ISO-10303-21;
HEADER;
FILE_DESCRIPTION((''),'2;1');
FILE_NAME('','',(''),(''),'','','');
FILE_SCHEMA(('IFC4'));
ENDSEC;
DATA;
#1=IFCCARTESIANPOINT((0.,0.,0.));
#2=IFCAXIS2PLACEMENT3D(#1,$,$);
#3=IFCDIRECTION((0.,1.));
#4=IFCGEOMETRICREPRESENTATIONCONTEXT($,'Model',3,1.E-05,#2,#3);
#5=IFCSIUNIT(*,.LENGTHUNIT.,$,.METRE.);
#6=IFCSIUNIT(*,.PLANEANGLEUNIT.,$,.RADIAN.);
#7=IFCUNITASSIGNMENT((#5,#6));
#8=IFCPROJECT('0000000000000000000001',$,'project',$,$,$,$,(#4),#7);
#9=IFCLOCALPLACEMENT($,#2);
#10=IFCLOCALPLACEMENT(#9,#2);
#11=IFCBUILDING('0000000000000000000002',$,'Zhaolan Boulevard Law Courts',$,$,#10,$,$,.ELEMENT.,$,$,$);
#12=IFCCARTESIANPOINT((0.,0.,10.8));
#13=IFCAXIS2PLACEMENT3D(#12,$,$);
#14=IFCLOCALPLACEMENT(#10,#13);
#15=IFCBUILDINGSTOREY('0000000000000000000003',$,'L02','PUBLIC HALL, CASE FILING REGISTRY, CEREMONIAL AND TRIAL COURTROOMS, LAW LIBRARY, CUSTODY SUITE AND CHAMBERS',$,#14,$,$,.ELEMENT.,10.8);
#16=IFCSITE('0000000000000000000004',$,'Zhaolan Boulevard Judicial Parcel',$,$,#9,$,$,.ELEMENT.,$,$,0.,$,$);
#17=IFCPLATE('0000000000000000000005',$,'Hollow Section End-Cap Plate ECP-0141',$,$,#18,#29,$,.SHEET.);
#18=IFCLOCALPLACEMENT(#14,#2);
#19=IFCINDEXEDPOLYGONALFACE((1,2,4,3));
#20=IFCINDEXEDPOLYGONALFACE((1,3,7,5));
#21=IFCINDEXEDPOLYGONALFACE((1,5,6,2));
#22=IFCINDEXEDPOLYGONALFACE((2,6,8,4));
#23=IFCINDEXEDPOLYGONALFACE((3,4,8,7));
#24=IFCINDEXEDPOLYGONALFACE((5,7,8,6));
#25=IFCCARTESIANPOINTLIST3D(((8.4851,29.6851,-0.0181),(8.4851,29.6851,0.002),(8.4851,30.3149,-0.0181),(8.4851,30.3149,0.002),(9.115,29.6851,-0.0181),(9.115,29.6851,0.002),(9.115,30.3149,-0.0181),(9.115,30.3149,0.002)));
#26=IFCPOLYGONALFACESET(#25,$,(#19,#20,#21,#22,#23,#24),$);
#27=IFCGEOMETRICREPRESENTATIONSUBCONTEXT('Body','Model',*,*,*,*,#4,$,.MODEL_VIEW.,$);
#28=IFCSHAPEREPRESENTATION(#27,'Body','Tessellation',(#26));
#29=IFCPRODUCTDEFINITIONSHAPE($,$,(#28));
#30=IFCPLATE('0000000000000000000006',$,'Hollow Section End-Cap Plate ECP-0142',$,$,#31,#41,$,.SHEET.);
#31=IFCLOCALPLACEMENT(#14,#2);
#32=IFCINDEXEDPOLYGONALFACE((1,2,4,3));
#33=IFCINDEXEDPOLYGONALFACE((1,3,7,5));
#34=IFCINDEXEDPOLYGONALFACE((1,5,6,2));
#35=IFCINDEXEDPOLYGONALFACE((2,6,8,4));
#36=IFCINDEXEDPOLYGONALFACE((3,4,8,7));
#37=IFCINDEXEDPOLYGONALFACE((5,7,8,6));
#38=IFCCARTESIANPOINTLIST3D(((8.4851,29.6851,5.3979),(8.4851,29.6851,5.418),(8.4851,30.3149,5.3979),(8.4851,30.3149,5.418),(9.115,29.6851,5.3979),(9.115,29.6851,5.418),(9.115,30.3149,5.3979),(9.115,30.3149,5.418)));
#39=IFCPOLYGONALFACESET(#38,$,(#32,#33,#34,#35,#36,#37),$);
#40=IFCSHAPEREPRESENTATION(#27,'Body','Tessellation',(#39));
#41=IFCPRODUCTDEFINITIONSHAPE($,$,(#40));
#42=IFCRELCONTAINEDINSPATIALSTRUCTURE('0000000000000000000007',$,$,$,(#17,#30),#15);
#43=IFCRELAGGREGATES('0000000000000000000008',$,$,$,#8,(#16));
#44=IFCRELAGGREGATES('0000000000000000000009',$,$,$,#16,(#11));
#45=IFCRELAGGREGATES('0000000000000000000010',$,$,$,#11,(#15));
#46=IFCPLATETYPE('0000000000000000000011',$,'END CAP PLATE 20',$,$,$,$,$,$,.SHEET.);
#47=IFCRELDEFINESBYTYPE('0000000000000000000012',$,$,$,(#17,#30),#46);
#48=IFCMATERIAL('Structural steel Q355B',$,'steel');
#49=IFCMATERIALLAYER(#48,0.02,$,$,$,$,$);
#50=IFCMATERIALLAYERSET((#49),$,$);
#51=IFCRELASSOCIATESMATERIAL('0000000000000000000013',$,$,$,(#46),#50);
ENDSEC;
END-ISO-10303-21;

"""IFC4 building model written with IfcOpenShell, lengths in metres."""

from ifc_helpers import new_model, si_unit, direction, frame, origin, origin_2d, place, context, subcontext, project, spatial, rectangle, extrude, material, layer, layer_set, type_object, element, save


model = new_model("IFC4")

# Units and contexts
model_context = context("Model", 3, precision=1e-05, world=origin(), true_north=direction((0.0, 1.0)))
body_context = subcontext(model_context, "Body", "Model", "MODEL_VIEW")
ifc_project = project(units=[si_unit("LENGTHUNIT", "METRE"), si_unit("PLANEANGLEUNIT", "RADIAN")], contexts=[model_context])

# Site, building, storey
site_placement = place(None, origin())
site = spatial("IfcSite", under=ifc_project, at=site_placement, Name="Zhaolan Boulevard Judicial Parcel", CompositionType="ELEMENT", RefElevation=0.0)
building_placement = place(site_placement, origin())
building = spatial("IfcBuilding", under=site, at=building_placement, Name="Zhaolan Boulevard Law Courts", CompositionType="ELEMENT")
storey_placement = place(building_placement, frame((0.0, 0.0, 10.8)))
storey = spatial("IfcBuildingStorey", under=building, at=storey_placement, Name="L02", Description="PUBLIC HALL, CASE FILING REGISTRY, CEREMONIAL AND TRIAL COURTROOMS, LAW LIBRARY, CUSTODY SUITE AND CHAMBERS", CompositionType="ELEMENT", Elevation=10.8)

# Plates
ifc_material_1 = material(Name="Structural steel Q355B", Category="steel")
ifc_layer_1 = layer(ifc_material_1, 0.02)
ifc_layer_set_1 = layer_set([ifc_layer_1])
plate_type_1 = type_object("IfcPlateType", Name="END CAP PLATE 20", PredefinedType="SHEET", material=ifc_layer_set_1)
for number, where, z_axis, x_axis, name in (
    (1, (8.8, 30.0, -0.0181), (0.0, 0.0, 1.0), (1.0, 0.0, 0.0), "Hollow Section End-Cap Plate ECP-0141"),
    (2, (8.8, 30.0, 5.3979), (0.0, 0.0, 1.0), (1.0, 0.0, 0.0), "Hollow Section End-Cap Plate ECP-0142"),
):
    element("IfcPlate", number, at=place(storey_placement, frame(where, z_axis=z_axis, x_axis=x_axis)), inside=storey, type_object=plate_type_1, Name=name, PredefinedType="SHEET", context=body_context, shape_type="SweptSolid", body=[
        extrude(rectangle(XDim=0.6299, YDim=0.6299, at=origin_2d()), origin(), (0.0, 0.0, 1.0), 0.02),
    ])

save(model, "model.ifc")
